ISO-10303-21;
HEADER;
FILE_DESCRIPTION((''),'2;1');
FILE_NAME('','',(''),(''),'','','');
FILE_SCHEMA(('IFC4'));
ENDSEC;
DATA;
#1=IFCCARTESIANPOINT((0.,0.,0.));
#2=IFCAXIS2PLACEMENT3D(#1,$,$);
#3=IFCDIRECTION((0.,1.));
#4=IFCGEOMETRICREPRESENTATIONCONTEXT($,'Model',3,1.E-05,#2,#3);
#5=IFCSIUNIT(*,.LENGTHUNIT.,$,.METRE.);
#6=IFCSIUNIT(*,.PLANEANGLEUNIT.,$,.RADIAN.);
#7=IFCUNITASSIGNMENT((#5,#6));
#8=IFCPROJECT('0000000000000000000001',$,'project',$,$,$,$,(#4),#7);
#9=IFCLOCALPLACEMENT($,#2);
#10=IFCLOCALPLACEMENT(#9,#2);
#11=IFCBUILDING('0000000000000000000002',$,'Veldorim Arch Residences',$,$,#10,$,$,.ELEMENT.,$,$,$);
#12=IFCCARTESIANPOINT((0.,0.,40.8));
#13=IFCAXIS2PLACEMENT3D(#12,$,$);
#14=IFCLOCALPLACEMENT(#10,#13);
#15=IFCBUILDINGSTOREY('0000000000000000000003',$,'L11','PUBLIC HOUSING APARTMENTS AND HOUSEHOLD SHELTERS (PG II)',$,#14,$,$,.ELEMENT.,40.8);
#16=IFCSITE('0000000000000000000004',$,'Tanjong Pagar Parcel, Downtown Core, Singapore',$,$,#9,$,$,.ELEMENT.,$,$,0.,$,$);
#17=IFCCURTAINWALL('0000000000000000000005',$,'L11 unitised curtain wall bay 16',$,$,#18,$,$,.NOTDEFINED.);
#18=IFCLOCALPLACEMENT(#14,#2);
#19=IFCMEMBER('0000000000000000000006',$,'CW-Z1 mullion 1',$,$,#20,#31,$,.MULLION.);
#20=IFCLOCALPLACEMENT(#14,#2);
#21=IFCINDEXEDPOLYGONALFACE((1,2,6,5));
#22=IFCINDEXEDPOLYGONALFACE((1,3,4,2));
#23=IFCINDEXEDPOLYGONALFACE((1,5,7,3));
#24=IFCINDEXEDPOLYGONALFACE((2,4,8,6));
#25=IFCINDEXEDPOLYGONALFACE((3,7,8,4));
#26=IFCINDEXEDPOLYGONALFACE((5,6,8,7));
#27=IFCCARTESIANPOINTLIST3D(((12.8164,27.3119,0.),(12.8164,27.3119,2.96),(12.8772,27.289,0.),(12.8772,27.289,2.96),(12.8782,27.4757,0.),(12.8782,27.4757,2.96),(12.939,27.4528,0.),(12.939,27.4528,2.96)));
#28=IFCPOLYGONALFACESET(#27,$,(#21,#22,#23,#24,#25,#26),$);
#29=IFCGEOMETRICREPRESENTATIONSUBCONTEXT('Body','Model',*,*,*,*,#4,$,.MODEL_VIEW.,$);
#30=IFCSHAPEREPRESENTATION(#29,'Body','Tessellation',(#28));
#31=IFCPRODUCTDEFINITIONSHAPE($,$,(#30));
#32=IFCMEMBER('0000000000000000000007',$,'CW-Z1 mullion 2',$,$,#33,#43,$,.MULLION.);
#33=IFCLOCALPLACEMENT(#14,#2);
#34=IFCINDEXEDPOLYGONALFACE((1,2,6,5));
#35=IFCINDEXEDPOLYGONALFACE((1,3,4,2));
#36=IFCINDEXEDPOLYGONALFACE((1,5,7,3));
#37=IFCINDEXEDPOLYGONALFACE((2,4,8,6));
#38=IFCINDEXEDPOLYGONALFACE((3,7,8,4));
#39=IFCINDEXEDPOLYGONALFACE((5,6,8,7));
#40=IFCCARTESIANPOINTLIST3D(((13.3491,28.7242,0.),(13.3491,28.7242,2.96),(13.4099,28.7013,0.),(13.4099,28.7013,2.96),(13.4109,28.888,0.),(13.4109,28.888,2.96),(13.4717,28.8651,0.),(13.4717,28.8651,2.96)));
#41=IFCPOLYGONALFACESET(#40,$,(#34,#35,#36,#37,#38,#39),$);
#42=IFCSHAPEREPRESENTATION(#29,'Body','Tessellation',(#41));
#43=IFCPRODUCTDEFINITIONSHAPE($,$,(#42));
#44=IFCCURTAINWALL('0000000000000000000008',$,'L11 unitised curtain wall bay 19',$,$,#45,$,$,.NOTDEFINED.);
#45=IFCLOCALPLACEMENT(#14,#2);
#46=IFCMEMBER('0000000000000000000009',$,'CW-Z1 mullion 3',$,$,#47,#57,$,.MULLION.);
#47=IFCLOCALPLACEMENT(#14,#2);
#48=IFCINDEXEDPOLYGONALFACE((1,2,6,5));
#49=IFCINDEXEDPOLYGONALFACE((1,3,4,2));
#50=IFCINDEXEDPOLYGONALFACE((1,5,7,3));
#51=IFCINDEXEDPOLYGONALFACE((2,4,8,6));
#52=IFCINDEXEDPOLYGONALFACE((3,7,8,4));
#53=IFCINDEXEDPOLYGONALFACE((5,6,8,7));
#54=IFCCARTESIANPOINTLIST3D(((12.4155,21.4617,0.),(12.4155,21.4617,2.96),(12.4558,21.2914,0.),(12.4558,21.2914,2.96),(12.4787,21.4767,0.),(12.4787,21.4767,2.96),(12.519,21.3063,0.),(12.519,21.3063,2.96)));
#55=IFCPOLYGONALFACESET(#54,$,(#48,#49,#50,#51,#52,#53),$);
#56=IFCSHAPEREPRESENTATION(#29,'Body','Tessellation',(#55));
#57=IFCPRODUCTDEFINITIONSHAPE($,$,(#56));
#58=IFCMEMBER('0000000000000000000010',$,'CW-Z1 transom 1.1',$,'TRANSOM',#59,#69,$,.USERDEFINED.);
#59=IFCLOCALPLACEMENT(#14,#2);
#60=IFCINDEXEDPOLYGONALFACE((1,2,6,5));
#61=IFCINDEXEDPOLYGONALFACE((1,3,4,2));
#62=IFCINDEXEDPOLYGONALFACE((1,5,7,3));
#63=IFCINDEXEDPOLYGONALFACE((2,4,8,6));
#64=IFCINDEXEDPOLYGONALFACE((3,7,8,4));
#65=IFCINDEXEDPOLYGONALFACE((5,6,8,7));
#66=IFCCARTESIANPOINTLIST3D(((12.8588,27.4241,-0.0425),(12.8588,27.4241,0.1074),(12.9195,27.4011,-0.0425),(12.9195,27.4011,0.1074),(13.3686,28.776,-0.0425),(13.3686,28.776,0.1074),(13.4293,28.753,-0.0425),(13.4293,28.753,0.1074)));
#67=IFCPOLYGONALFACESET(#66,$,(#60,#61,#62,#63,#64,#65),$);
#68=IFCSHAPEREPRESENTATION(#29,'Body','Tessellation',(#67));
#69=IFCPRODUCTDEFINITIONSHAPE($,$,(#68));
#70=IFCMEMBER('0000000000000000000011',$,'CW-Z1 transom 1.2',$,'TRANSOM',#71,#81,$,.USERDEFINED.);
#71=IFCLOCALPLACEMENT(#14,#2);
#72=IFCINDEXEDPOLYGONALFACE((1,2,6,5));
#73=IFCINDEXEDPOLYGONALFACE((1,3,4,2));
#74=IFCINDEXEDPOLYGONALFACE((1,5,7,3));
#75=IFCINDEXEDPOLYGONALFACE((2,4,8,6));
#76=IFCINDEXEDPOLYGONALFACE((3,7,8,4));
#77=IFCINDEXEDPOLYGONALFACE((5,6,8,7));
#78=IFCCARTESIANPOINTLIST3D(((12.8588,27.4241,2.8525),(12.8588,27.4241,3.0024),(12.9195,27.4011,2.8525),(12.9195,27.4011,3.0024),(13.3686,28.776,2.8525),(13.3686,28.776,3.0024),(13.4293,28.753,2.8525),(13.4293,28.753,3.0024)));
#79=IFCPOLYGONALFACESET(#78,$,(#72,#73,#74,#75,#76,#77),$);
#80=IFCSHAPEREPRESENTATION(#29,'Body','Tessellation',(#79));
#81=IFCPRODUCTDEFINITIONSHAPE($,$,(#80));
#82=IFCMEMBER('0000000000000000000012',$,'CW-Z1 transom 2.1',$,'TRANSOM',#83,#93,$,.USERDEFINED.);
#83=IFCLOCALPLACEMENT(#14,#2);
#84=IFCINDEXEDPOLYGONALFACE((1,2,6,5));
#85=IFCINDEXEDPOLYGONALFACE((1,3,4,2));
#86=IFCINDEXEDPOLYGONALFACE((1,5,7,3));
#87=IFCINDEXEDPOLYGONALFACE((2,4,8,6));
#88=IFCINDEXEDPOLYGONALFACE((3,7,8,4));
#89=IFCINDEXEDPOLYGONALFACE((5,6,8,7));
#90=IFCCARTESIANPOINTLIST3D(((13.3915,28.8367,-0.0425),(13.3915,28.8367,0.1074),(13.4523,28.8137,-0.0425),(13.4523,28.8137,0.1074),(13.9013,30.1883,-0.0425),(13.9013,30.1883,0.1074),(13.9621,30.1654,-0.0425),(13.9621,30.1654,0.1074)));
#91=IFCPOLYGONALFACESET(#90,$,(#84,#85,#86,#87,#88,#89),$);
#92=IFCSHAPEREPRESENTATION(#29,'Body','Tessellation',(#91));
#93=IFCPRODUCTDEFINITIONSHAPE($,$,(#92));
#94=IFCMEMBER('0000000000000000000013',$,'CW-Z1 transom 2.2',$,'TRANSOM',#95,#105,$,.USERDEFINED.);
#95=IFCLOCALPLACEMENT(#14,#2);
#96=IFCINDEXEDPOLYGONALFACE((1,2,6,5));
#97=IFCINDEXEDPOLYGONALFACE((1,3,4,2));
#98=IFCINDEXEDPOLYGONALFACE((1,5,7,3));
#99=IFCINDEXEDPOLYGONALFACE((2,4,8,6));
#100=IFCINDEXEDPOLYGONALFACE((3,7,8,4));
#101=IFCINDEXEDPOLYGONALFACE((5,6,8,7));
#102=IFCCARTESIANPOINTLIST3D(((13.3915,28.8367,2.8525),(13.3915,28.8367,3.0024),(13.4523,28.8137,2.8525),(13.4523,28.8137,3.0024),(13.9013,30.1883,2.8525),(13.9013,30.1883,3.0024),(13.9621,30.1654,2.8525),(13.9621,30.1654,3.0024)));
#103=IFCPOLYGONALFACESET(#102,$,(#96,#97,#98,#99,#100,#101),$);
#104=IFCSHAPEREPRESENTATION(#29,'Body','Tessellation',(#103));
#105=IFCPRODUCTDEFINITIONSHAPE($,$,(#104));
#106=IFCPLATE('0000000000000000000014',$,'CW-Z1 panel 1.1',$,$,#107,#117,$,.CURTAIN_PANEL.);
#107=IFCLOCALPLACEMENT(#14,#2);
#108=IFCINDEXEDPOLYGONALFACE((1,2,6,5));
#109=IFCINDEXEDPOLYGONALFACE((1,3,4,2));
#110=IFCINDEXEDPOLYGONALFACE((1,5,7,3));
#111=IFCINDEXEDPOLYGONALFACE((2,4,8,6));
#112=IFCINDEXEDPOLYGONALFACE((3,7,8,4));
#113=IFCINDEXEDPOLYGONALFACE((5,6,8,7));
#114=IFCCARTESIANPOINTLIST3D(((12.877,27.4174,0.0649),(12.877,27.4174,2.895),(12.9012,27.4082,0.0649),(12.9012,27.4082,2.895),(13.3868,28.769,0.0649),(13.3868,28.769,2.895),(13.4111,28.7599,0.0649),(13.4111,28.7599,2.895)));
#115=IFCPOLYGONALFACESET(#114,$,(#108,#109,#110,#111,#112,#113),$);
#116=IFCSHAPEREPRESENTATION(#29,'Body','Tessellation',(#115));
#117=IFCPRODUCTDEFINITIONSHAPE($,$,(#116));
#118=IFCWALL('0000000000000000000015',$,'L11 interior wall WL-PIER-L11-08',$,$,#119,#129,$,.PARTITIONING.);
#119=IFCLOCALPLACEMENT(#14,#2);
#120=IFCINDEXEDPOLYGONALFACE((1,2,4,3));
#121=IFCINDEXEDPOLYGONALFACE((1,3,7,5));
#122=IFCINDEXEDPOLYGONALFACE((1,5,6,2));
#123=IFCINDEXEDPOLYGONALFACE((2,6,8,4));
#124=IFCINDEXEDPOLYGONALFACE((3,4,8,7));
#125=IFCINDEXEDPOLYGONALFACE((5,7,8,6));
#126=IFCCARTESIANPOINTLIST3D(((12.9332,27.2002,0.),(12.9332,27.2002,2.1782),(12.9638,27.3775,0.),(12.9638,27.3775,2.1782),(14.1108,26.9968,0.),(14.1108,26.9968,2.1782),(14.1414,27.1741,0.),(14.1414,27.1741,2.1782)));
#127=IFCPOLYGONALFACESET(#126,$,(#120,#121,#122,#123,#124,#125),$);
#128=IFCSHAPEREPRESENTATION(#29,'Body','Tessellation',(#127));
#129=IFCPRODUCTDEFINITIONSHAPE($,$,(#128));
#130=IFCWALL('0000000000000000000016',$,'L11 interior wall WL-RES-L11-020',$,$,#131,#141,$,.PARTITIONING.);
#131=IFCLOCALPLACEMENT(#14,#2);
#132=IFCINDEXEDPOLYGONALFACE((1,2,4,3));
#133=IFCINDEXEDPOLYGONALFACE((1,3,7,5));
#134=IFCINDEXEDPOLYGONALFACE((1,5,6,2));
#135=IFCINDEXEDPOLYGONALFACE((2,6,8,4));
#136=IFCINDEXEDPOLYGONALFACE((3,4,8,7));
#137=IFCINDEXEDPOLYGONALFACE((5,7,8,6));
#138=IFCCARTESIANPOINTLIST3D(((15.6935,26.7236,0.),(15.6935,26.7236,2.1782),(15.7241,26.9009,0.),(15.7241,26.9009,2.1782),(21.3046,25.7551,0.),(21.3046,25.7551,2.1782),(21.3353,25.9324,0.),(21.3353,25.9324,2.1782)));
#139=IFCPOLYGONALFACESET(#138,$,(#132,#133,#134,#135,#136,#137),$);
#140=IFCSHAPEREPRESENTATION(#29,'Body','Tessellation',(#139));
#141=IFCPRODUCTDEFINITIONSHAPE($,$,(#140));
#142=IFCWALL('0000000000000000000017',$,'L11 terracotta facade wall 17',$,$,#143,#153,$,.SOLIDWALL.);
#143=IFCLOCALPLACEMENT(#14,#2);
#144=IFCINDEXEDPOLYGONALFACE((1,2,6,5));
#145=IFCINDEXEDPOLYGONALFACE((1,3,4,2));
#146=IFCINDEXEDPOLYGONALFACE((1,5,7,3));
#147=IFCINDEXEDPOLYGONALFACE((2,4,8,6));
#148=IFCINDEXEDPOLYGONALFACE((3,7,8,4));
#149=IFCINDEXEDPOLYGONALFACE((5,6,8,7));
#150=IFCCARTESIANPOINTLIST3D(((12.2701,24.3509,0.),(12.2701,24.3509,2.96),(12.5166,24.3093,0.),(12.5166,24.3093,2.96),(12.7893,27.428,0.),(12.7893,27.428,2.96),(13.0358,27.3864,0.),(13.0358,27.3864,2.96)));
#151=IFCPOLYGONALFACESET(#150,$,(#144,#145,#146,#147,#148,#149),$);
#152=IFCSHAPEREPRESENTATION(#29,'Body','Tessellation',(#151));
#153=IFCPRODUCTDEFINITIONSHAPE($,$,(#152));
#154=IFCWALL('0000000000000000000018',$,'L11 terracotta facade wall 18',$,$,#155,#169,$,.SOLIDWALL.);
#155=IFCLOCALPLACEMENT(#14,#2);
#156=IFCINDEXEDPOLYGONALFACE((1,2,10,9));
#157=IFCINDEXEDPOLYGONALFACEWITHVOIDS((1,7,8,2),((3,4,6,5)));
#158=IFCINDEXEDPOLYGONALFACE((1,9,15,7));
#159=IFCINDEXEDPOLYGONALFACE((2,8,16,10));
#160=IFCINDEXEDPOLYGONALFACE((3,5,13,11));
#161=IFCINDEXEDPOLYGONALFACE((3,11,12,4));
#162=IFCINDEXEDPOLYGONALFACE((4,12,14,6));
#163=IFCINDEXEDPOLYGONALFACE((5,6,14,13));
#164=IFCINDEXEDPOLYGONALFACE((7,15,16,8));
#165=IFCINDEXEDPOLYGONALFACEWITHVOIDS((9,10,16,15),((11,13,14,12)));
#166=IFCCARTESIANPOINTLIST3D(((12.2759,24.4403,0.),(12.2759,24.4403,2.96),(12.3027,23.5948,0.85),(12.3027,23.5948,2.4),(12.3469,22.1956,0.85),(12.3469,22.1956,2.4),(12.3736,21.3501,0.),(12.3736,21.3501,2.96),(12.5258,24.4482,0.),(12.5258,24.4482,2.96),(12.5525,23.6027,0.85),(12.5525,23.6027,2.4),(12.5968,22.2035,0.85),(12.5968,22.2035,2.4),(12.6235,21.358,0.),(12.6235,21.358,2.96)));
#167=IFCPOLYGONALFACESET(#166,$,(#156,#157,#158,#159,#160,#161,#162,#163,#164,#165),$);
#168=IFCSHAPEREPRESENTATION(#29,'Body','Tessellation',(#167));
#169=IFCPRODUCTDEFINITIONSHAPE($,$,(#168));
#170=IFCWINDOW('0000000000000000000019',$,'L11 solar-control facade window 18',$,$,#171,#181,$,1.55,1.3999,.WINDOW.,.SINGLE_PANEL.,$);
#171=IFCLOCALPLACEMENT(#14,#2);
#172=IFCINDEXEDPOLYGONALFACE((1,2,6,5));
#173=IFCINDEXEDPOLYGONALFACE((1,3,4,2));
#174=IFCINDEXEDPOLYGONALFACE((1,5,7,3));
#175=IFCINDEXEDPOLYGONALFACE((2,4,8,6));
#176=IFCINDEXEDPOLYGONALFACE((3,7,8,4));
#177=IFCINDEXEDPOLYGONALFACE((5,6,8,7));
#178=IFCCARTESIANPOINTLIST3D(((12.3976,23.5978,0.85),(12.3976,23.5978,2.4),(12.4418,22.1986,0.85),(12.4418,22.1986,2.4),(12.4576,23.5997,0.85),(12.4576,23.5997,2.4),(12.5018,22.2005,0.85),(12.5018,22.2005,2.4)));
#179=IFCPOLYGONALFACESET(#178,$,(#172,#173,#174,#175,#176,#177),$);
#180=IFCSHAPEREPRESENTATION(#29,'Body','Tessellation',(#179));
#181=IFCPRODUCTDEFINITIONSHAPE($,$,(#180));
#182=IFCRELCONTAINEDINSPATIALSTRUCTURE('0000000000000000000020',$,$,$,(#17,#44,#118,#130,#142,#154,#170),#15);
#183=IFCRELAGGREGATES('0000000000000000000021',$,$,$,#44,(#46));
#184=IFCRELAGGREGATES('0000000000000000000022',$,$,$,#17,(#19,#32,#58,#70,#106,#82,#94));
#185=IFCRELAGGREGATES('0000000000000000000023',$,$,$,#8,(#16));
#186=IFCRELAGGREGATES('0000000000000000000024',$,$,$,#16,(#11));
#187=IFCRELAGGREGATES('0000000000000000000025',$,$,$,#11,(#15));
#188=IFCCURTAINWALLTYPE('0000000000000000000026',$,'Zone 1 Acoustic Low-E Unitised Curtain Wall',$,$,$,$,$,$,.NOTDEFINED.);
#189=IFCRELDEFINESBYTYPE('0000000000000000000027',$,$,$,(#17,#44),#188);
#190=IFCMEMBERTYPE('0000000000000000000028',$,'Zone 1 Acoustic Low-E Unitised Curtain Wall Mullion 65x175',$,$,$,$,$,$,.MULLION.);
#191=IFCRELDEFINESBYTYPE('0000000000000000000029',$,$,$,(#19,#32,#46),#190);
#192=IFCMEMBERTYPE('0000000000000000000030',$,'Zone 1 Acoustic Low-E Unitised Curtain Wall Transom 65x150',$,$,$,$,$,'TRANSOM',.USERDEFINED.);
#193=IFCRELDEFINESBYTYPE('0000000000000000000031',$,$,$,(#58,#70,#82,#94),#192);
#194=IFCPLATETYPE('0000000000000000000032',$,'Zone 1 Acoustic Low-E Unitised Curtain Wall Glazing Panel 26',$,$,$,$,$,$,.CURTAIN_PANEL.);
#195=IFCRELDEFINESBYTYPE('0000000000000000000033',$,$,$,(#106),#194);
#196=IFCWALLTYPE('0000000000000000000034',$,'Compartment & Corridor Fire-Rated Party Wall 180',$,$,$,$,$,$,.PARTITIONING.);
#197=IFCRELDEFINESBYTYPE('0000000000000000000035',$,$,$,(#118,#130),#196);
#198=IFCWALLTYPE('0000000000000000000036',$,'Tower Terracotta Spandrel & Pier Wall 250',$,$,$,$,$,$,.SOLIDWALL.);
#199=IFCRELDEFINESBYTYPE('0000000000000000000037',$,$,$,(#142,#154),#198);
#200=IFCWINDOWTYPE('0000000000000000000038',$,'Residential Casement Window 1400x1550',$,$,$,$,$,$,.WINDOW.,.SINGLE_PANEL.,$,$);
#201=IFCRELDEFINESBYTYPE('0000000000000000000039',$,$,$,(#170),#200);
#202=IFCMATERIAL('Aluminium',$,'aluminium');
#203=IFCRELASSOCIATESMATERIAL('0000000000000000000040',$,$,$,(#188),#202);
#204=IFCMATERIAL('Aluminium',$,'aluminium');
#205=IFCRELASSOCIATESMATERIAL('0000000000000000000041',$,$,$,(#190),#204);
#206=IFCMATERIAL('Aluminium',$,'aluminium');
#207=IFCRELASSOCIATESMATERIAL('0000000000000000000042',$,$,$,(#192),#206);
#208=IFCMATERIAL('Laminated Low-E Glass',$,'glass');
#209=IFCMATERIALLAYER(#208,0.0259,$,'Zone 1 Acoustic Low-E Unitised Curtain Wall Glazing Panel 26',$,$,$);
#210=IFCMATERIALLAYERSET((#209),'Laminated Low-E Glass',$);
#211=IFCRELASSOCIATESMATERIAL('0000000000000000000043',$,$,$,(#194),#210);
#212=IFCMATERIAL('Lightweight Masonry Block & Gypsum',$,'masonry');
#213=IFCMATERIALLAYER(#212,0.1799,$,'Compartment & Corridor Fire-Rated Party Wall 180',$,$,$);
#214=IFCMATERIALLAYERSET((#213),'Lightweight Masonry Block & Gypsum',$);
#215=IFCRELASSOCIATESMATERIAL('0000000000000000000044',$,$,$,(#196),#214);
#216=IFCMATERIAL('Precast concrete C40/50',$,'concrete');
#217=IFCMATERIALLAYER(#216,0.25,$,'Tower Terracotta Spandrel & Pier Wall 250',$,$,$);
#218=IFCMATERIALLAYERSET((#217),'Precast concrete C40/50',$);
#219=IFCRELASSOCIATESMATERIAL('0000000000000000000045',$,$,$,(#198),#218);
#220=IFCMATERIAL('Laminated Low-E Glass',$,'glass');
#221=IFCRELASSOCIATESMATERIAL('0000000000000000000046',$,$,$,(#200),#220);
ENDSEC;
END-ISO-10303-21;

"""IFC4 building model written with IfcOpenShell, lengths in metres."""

from ifc_helpers import new_model, si_unit, direction, frame, frame_2d, origin, origin_2d, place, context, subcontext, project, spatial, rectangle, extrude, material, layer, layer_set, material_profile, profile_set, type_object, element, fill, aggregate, save


model = new_model("IFC4")

# Units and contexts
model_context = context("Model", 3, precision=1e-05, world=origin(), true_north=direction((0.0, 1.0)))
body_context = subcontext(model_context, "Body", "Model", "MODEL_VIEW")
ifc_project = project(units=[si_unit("LENGTHUNIT", "METRE"), si_unit("PLANEANGLEUNIT", "RADIAN")], contexts=[model_context])

# Site, building, storey
site_placement = place(None, origin())
site = spatial("IfcSite", under=ifc_project, at=site_placement, Name="Tanjong Pagar Parcel, Downtown Core, Singapore", CompositionType="ELEMENT", RefElevation=0.0)
building_placement = place(site_placement, origin())
building = spatial("IfcBuilding", under=site, at=building_placement, Name="Veldorim Arch Residences", CompositionType="ELEMENT")
storey_placement = place(building_placement, frame((0.0, 0.0, 40.8)))
storey = spatial("IfcBuildingStorey", under=building, at=storey_placement, Name="L11", Description="PUBLIC HOUSING APARTMENTS AND HOUSEHOLD SHELTERS (PG II)", CompositionType="ELEMENT", Elevation=40.8)

# Curtain wall, members
ifc_material_1 = material(Name="Aluminium", Category="aluminium")
curtain_wall_type = type_object("IfcCurtainWallType", Name="Zone 1 Acoustic Low-E Unitised Curtain Wall", PredefinedType="NOTDEFINED", material=ifc_material_1)
curtain_wall_1_placement = place(storey_placement, origin())
curtain_wall_1 = element("IfcCurtainWall", 1, at=curtain_wall_1_placement, inside=storey, type_object=curtain_wall_type, Name="L11 unitised curtain wall bay 16", PredefinedType="NOTDEFINED")
ifc_material_2 = material(Name="Aluminium", Category="aluminium")
ifc_material_profile_1 = material_profile(ifc_material_2, rectangle(XDim=0.0649, YDim=0.175, at=origin_2d()), Name="ALU_MUL_65x175")
ifc_profile_set_1 = profile_set([ifc_material_profile_1], Name="Aluminium")
member_type_1 = type_object("IfcMemberType", Name="Zone 1 Acoustic Low-E Unitised Curtain Wall Mullion 65x175", PredefinedType="MULLION", material=ifc_profile_set_1)
member_1_placement = place(storey_placement, frame((12.8777, 27.3823, 0.0), z_axis=(0.0, 0.0, 1.0), x_axis=(-0.935656, 0.352914, 0.0)))
member_1 = element("IfcMember", 2, at=member_1_placement, type_object=member_type_1, Name="CW-Z1 mullion 1", PredefinedType="MULLION", context=body_context, shape_type="SweptSolid", body=[
    extrude(rectangle(XDim=0.0649, YDim=0.175, at=origin_2d()), origin(), (0.0, 0.0, 1.0), 2.96),
])
member_2_placement = place(storey_placement, frame((13.4104, 28.7947, 0.0), z_axis=(0.0, 0.0, 1.0), x_axis=(-0.935656, 0.352914, 0.0)))
member_2 = element("IfcMember", 3, at=member_2_placement, type_object=member_type_1, Name="CW-Z1 mullion 2", PredefinedType="MULLION", context=body_context, shape_type="SweptSolid", body=[
    extrude(rectangle(XDim=0.0649, YDim=0.175, at=origin_2d()), origin(), (0.0, 0.0, 1.0), 2.96),
])

# Curtain wall, member
curtain_wall_2_placement = place(storey_placement, origin())
curtain_wall_2 = element("IfcCurtainWall", 4, at=curtain_wall_2_placement, inside=storey, type_object=curtain_wall_type, Name="L11 unitised curtain wall bay 19", PredefinedType="NOTDEFINED")
member_3_placement = place(storey_placement, frame((12.4673, 21.384, 0.0), z_axis=(0.0, 0.0, 1.0), x_axis=(-0.97313, -0.230257, 0.0)))
member_3 = element("IfcMember", 5, at=member_3_placement, type_object=member_type_1, Name="CW-Z1 mullion 3", PredefinedType="MULLION", context=body_context, shape_type="SweptSolid", body=[
    extrude(rectangle(XDim=0.0649, YDim=0.175, at=origin_2d()), origin(), (0.0, 0.0, 1.0), 2.96),
])
aggregate(curtain_wall_2, [member_3])

# Members
ifc_material_3 = material(Name="Aluminium", Category="aluminium")
ifc_material_profile_2 = material_profile(ifc_material_3, rectangle(XDim=0.0649, YDim=0.1499, at=origin_2d()), Name="ALU_TRN_65x150")
ifc_profile_set_2 = profile_set([ifc_material_profile_2], Name="Aluminium")
member_type_2 = type_object("IfcMemberType", Name="Zone 1 Acoustic Low-E Unitised Curtain Wall Transom 65x150", ElementType="TRANSOM", PredefinedType="USERDEFINED", material=ifc_profile_set_2)
member_4_placement = place(storey_placement, frame((12.8892, 27.4126, 0.0325), z_axis=(0.352845, 0.935682, 0.0), x_axis=(-0.935682, 0.352845, 0.0)))
member_4 = element("IfcMember", 6, at=member_4_placement, type_object=member_type_2, Name="CW-Z1 transom 1.1", ObjectType="TRANSOM", PredefinedType="USERDEFINED", context=body_context, shape_type="SweptSolid", body=[
    extrude(rectangle(XDim=0.0649, YDim=0.1499, at=origin_2d()), origin(), (0.0, 0.0, 1.0), 1.4448),
])
member_5_placement = place(storey_placement, frame((12.8892, 27.4126, 2.9275), z_axis=(0.352845, 0.935682, 0.0), x_axis=(-0.935682, 0.352845, 0.0)))
member_5 = element("IfcMember", 7, at=member_5_placement, type_object=member_type_2, Name="CW-Z1 transom 1.2", ObjectType="TRANSOM", PredefinedType="USERDEFINED", context=body_context, shape_type="SweptSolid", body=[
    extrude(rectangle(XDim=0.0649, YDim=0.1499, at=origin_2d()), origin(), (0.0, 0.0, 1.0), 1.4448),
])
member_6_placement = place(storey_placement, frame((13.4219, 28.8252, 0.0325), z_axis=(0.352901, 0.935661, 0.0), x_axis=(-0.935661, 0.352901, 0.0)))
member_6 = element("IfcMember", 8, at=member_6_placement, type_object=member_type_2, Name="CW-Z1 transom 2.1", ObjectType="TRANSOM", PredefinedType="USERDEFINED", context=body_context, shape_type="SweptSolid", body=[
    extrude(rectangle(XDim=0.0649, YDim=0.1499, at=origin_2d()), origin(), (0.0, 0.0, 1.0), 1.4446),
])
member_7_placement = place(storey_placement, frame((13.4219, 28.8252, 2.9275), z_axis=(0.352901, 0.935661, 0.0), x_axis=(-0.935661, 0.352901, 0.0)))
member_7 = element("IfcMember", 9, at=member_7_placement, type_object=member_type_2, Name="CW-Z1 transom 2.2", ObjectType="TRANSOM", PredefinedType="USERDEFINED", context=body_context, shape_type="SweptSolid", body=[
    extrude(rectangle(XDim=0.0649, YDim=0.1499, at=origin_2d()), origin(), (0.0, 0.0, 1.0), 1.4446),
])

# Plate
ifc_material_4 = material(Name="Laminated Low-E Glass", Category="glass")
ifc_layer_1 = layer(ifc_material_4, 0.0259, Name="Zone 1 Acoustic Low-E Unitised Curtain Wall Glazing Panel 26")
ifc_layer_set_1 = layer_set([ifc_layer_1], Name="Laminated Low-E Glass")
plate_type = type_object("IfcPlateType", Name="Zone 1 Acoustic Low-E Unitised Curtain Wall Glazing Panel 26", PredefinedType="CURTAIN_PANEL", material=ifc_layer_set_1)
plate_placement = place(storey_placement, frame((13.144, 28.0886, 0.0649), z_axis=(0.0, 0.0, 1.0), x_axis=(0.352914, 0.935656, 0.0)))
plate = element("IfcPlate", 10, at=plate_placement, type_object=plate_type, Name="CW-Z1 panel 1.1", PredefinedType="CURTAIN_PANEL", context=body_context, shape_type="SweptSolid", body=[
    extrude(rectangle(XDim=1.4446, YDim=0.0259, at=origin_2d()), origin(), (0.0, 0.0, 1.0), 2.8301),
])
aggregate(curtain_wall_1, [member_1, member_2, member_4, member_5, plate, member_6, member_7])

# Walls
ifc_material_5 = material(Name="Lightweight Masonry Block & Gypsum", Category="masonry")
ifc_layer_2 = layer(ifc_material_5, 0.1799, Name="Compartment & Corridor Fire-Rated Party Wall 180")
ifc_layer_set_2 = layer_set([ifc_layer_2], Name="Lightweight Masonry Block & Gypsum")
wall_type_1 = type_object("IfcWallType", Name="Compartment & Corridor Fire-Rated Party Wall 180", PredefinedType="PARTITIONING", material=ifc_layer_set_2)
wall_1_placement = place(storey_placement, frame((14.1262, 27.0854, 0.0), z_axis=(0.0, 0.0, 1.0), x_axis=(-0.985416, 0.17016, 0.0)))
element("IfcWall", 11, at=wall_1_placement, inside=storey, type_object=wall_type_1, Name="L11 interior wall WL-PIER-L11-08", PredefinedType="PARTITIONING", context=body_context, shape_type="SweptSolid", body=[
    extrude(rectangle(XDim=1.1951, YDim=0.1799, at=frame_2d((0.5977, 0.0))), origin(), (0.0, 0.0, 1.0), 2.1782),
])
wall_2_placement = place(storey_placement, frame((21.3201, 25.8438, 0.0), z_axis=(0.0, 0.0, 1.0), x_axis=(-0.985428, 0.170091, 0.0)))
element("IfcWall", 12, at=wall_2_placement, inside=storey, type_object=wall_type_1, Name="L11 interior wall WL-RES-L11-020", PredefinedType="PARTITIONING", context=body_context, shape_type="SweptSolid", body=[
    extrude(rectangle(XDim=5.6941, YDim=0.1799, at=frame_2d((2.8472, 0.0))), origin(), (0.0, 0.0, 1.0), 2.1782),
])
ifc_material_6 = material(Name="Precast concrete C40/50", Category="concrete")
ifc_layer_3 = layer(ifc_material_6, 0.25, Name="Tower Terracotta Spandrel & Pier Wall 250")
ifc_layer_set_3 = layer_set([ifc_layer_3], Name="Precast concrete C40/50")
wall_type_2 = type_object("IfcWallType", Name="Tower Terracotta Spandrel & Pier Wall 250", PredefinedType="SOLIDWALL", material=ifc_layer_set_3)
wall_3_placement = place(storey_placement, frame((12.3933, 24.3301, 0.0), z_axis=(0.0, 0.0, 1.0), x_axis=(0.166403, 0.986058, 0.0)))
element("IfcWall", 13, at=wall_3_placement, inside=storey, type_object=wall_type_2, Name="L11 terracotta facade wall 17", PredefinedType="SOLIDWALL", context=body_context, shape_type="SweptSolid", body=[
    extrude(rectangle(XDim=3.1206, YDim=0.25, at=frame_2d((1.5603, 0.0))), origin(), (0.0, 0.0, 1.0), 2.96),
])

# Wall, opening, window
wall_4_placement = place(storey_placement, frame((12.4985, 21.354, 0.0), z_axis=(0.0, 0.0, 1.0), x_axis=(-0.031585, 0.999501, 0.0)))
wall_4 = element("IfcWall", 14, at=wall_4_placement, inside=storey, type_object=wall_type_2, Name="L11 terracotta facade wall 18", PredefinedType="SOLIDWALL", context=body_context, shape_type="SweptSolid", body=[
    extrude(rectangle(XDim=3.0918, YDim=0.25, at=frame_2d((1.5459, 0.0))), origin(), (0.0, 0.0, 1.0), 2.96),
])
opening_1_placement = place(wall_4_placement, frame((0.8459, 0.0, 0.8501)))
opening_1 = element("IfcOpeningElement", 15, at=opening_1_placement, cuts=wall_4, PredefinedType="OPENING", context=body_context, shape_type="SweptSolid", body=[
    extrude(rectangle(XDim=1.3999, YDim=1.55, at=frame_2d((0.7, 0.7749))), frame((0.0, 0.135, 0.0), z_axis=(0.0, -1.0, 0.0), x_axis=(1.0, 0.0, 0.0)), (0.0, 0.0, 1.0), 0.27),
])
ifc_material_7 = material(Name="Laminated Low-E Glass", Category="glass")
window_type = type_object("IfcWindowType", Name="Residential Casement Window 1400x1550", PartitioningType="SINGLE_PANEL", PredefinedType="WINDOW", material=ifc_material_7)
window_placement = place(opening_1_placement, origin())
window = element("IfcWindow", 16, at=window_placement, inside=storey, type_object=window_type, Name="L11 solar-control facade window 18", OverallHeight=1.55, OverallWidth=1.3999, PartitioningType="SINGLE_PANEL", PredefinedType="WINDOW", context=body_context, shape_type="SweptSolid", body=[
    extrude(rectangle(XDim=1.3999, YDim=1.55, at=frame_2d((0.7, 0.7749))), frame((0.0, 0.03, 0.0), z_axis=(0.0, -1.0, 0.0), x_axis=(1.0, 0.0, 0.0)), (0.0, 0.0, 1.0), 0.0601),
])
fill(opening_1, window)

save(model, "model.ifc")
